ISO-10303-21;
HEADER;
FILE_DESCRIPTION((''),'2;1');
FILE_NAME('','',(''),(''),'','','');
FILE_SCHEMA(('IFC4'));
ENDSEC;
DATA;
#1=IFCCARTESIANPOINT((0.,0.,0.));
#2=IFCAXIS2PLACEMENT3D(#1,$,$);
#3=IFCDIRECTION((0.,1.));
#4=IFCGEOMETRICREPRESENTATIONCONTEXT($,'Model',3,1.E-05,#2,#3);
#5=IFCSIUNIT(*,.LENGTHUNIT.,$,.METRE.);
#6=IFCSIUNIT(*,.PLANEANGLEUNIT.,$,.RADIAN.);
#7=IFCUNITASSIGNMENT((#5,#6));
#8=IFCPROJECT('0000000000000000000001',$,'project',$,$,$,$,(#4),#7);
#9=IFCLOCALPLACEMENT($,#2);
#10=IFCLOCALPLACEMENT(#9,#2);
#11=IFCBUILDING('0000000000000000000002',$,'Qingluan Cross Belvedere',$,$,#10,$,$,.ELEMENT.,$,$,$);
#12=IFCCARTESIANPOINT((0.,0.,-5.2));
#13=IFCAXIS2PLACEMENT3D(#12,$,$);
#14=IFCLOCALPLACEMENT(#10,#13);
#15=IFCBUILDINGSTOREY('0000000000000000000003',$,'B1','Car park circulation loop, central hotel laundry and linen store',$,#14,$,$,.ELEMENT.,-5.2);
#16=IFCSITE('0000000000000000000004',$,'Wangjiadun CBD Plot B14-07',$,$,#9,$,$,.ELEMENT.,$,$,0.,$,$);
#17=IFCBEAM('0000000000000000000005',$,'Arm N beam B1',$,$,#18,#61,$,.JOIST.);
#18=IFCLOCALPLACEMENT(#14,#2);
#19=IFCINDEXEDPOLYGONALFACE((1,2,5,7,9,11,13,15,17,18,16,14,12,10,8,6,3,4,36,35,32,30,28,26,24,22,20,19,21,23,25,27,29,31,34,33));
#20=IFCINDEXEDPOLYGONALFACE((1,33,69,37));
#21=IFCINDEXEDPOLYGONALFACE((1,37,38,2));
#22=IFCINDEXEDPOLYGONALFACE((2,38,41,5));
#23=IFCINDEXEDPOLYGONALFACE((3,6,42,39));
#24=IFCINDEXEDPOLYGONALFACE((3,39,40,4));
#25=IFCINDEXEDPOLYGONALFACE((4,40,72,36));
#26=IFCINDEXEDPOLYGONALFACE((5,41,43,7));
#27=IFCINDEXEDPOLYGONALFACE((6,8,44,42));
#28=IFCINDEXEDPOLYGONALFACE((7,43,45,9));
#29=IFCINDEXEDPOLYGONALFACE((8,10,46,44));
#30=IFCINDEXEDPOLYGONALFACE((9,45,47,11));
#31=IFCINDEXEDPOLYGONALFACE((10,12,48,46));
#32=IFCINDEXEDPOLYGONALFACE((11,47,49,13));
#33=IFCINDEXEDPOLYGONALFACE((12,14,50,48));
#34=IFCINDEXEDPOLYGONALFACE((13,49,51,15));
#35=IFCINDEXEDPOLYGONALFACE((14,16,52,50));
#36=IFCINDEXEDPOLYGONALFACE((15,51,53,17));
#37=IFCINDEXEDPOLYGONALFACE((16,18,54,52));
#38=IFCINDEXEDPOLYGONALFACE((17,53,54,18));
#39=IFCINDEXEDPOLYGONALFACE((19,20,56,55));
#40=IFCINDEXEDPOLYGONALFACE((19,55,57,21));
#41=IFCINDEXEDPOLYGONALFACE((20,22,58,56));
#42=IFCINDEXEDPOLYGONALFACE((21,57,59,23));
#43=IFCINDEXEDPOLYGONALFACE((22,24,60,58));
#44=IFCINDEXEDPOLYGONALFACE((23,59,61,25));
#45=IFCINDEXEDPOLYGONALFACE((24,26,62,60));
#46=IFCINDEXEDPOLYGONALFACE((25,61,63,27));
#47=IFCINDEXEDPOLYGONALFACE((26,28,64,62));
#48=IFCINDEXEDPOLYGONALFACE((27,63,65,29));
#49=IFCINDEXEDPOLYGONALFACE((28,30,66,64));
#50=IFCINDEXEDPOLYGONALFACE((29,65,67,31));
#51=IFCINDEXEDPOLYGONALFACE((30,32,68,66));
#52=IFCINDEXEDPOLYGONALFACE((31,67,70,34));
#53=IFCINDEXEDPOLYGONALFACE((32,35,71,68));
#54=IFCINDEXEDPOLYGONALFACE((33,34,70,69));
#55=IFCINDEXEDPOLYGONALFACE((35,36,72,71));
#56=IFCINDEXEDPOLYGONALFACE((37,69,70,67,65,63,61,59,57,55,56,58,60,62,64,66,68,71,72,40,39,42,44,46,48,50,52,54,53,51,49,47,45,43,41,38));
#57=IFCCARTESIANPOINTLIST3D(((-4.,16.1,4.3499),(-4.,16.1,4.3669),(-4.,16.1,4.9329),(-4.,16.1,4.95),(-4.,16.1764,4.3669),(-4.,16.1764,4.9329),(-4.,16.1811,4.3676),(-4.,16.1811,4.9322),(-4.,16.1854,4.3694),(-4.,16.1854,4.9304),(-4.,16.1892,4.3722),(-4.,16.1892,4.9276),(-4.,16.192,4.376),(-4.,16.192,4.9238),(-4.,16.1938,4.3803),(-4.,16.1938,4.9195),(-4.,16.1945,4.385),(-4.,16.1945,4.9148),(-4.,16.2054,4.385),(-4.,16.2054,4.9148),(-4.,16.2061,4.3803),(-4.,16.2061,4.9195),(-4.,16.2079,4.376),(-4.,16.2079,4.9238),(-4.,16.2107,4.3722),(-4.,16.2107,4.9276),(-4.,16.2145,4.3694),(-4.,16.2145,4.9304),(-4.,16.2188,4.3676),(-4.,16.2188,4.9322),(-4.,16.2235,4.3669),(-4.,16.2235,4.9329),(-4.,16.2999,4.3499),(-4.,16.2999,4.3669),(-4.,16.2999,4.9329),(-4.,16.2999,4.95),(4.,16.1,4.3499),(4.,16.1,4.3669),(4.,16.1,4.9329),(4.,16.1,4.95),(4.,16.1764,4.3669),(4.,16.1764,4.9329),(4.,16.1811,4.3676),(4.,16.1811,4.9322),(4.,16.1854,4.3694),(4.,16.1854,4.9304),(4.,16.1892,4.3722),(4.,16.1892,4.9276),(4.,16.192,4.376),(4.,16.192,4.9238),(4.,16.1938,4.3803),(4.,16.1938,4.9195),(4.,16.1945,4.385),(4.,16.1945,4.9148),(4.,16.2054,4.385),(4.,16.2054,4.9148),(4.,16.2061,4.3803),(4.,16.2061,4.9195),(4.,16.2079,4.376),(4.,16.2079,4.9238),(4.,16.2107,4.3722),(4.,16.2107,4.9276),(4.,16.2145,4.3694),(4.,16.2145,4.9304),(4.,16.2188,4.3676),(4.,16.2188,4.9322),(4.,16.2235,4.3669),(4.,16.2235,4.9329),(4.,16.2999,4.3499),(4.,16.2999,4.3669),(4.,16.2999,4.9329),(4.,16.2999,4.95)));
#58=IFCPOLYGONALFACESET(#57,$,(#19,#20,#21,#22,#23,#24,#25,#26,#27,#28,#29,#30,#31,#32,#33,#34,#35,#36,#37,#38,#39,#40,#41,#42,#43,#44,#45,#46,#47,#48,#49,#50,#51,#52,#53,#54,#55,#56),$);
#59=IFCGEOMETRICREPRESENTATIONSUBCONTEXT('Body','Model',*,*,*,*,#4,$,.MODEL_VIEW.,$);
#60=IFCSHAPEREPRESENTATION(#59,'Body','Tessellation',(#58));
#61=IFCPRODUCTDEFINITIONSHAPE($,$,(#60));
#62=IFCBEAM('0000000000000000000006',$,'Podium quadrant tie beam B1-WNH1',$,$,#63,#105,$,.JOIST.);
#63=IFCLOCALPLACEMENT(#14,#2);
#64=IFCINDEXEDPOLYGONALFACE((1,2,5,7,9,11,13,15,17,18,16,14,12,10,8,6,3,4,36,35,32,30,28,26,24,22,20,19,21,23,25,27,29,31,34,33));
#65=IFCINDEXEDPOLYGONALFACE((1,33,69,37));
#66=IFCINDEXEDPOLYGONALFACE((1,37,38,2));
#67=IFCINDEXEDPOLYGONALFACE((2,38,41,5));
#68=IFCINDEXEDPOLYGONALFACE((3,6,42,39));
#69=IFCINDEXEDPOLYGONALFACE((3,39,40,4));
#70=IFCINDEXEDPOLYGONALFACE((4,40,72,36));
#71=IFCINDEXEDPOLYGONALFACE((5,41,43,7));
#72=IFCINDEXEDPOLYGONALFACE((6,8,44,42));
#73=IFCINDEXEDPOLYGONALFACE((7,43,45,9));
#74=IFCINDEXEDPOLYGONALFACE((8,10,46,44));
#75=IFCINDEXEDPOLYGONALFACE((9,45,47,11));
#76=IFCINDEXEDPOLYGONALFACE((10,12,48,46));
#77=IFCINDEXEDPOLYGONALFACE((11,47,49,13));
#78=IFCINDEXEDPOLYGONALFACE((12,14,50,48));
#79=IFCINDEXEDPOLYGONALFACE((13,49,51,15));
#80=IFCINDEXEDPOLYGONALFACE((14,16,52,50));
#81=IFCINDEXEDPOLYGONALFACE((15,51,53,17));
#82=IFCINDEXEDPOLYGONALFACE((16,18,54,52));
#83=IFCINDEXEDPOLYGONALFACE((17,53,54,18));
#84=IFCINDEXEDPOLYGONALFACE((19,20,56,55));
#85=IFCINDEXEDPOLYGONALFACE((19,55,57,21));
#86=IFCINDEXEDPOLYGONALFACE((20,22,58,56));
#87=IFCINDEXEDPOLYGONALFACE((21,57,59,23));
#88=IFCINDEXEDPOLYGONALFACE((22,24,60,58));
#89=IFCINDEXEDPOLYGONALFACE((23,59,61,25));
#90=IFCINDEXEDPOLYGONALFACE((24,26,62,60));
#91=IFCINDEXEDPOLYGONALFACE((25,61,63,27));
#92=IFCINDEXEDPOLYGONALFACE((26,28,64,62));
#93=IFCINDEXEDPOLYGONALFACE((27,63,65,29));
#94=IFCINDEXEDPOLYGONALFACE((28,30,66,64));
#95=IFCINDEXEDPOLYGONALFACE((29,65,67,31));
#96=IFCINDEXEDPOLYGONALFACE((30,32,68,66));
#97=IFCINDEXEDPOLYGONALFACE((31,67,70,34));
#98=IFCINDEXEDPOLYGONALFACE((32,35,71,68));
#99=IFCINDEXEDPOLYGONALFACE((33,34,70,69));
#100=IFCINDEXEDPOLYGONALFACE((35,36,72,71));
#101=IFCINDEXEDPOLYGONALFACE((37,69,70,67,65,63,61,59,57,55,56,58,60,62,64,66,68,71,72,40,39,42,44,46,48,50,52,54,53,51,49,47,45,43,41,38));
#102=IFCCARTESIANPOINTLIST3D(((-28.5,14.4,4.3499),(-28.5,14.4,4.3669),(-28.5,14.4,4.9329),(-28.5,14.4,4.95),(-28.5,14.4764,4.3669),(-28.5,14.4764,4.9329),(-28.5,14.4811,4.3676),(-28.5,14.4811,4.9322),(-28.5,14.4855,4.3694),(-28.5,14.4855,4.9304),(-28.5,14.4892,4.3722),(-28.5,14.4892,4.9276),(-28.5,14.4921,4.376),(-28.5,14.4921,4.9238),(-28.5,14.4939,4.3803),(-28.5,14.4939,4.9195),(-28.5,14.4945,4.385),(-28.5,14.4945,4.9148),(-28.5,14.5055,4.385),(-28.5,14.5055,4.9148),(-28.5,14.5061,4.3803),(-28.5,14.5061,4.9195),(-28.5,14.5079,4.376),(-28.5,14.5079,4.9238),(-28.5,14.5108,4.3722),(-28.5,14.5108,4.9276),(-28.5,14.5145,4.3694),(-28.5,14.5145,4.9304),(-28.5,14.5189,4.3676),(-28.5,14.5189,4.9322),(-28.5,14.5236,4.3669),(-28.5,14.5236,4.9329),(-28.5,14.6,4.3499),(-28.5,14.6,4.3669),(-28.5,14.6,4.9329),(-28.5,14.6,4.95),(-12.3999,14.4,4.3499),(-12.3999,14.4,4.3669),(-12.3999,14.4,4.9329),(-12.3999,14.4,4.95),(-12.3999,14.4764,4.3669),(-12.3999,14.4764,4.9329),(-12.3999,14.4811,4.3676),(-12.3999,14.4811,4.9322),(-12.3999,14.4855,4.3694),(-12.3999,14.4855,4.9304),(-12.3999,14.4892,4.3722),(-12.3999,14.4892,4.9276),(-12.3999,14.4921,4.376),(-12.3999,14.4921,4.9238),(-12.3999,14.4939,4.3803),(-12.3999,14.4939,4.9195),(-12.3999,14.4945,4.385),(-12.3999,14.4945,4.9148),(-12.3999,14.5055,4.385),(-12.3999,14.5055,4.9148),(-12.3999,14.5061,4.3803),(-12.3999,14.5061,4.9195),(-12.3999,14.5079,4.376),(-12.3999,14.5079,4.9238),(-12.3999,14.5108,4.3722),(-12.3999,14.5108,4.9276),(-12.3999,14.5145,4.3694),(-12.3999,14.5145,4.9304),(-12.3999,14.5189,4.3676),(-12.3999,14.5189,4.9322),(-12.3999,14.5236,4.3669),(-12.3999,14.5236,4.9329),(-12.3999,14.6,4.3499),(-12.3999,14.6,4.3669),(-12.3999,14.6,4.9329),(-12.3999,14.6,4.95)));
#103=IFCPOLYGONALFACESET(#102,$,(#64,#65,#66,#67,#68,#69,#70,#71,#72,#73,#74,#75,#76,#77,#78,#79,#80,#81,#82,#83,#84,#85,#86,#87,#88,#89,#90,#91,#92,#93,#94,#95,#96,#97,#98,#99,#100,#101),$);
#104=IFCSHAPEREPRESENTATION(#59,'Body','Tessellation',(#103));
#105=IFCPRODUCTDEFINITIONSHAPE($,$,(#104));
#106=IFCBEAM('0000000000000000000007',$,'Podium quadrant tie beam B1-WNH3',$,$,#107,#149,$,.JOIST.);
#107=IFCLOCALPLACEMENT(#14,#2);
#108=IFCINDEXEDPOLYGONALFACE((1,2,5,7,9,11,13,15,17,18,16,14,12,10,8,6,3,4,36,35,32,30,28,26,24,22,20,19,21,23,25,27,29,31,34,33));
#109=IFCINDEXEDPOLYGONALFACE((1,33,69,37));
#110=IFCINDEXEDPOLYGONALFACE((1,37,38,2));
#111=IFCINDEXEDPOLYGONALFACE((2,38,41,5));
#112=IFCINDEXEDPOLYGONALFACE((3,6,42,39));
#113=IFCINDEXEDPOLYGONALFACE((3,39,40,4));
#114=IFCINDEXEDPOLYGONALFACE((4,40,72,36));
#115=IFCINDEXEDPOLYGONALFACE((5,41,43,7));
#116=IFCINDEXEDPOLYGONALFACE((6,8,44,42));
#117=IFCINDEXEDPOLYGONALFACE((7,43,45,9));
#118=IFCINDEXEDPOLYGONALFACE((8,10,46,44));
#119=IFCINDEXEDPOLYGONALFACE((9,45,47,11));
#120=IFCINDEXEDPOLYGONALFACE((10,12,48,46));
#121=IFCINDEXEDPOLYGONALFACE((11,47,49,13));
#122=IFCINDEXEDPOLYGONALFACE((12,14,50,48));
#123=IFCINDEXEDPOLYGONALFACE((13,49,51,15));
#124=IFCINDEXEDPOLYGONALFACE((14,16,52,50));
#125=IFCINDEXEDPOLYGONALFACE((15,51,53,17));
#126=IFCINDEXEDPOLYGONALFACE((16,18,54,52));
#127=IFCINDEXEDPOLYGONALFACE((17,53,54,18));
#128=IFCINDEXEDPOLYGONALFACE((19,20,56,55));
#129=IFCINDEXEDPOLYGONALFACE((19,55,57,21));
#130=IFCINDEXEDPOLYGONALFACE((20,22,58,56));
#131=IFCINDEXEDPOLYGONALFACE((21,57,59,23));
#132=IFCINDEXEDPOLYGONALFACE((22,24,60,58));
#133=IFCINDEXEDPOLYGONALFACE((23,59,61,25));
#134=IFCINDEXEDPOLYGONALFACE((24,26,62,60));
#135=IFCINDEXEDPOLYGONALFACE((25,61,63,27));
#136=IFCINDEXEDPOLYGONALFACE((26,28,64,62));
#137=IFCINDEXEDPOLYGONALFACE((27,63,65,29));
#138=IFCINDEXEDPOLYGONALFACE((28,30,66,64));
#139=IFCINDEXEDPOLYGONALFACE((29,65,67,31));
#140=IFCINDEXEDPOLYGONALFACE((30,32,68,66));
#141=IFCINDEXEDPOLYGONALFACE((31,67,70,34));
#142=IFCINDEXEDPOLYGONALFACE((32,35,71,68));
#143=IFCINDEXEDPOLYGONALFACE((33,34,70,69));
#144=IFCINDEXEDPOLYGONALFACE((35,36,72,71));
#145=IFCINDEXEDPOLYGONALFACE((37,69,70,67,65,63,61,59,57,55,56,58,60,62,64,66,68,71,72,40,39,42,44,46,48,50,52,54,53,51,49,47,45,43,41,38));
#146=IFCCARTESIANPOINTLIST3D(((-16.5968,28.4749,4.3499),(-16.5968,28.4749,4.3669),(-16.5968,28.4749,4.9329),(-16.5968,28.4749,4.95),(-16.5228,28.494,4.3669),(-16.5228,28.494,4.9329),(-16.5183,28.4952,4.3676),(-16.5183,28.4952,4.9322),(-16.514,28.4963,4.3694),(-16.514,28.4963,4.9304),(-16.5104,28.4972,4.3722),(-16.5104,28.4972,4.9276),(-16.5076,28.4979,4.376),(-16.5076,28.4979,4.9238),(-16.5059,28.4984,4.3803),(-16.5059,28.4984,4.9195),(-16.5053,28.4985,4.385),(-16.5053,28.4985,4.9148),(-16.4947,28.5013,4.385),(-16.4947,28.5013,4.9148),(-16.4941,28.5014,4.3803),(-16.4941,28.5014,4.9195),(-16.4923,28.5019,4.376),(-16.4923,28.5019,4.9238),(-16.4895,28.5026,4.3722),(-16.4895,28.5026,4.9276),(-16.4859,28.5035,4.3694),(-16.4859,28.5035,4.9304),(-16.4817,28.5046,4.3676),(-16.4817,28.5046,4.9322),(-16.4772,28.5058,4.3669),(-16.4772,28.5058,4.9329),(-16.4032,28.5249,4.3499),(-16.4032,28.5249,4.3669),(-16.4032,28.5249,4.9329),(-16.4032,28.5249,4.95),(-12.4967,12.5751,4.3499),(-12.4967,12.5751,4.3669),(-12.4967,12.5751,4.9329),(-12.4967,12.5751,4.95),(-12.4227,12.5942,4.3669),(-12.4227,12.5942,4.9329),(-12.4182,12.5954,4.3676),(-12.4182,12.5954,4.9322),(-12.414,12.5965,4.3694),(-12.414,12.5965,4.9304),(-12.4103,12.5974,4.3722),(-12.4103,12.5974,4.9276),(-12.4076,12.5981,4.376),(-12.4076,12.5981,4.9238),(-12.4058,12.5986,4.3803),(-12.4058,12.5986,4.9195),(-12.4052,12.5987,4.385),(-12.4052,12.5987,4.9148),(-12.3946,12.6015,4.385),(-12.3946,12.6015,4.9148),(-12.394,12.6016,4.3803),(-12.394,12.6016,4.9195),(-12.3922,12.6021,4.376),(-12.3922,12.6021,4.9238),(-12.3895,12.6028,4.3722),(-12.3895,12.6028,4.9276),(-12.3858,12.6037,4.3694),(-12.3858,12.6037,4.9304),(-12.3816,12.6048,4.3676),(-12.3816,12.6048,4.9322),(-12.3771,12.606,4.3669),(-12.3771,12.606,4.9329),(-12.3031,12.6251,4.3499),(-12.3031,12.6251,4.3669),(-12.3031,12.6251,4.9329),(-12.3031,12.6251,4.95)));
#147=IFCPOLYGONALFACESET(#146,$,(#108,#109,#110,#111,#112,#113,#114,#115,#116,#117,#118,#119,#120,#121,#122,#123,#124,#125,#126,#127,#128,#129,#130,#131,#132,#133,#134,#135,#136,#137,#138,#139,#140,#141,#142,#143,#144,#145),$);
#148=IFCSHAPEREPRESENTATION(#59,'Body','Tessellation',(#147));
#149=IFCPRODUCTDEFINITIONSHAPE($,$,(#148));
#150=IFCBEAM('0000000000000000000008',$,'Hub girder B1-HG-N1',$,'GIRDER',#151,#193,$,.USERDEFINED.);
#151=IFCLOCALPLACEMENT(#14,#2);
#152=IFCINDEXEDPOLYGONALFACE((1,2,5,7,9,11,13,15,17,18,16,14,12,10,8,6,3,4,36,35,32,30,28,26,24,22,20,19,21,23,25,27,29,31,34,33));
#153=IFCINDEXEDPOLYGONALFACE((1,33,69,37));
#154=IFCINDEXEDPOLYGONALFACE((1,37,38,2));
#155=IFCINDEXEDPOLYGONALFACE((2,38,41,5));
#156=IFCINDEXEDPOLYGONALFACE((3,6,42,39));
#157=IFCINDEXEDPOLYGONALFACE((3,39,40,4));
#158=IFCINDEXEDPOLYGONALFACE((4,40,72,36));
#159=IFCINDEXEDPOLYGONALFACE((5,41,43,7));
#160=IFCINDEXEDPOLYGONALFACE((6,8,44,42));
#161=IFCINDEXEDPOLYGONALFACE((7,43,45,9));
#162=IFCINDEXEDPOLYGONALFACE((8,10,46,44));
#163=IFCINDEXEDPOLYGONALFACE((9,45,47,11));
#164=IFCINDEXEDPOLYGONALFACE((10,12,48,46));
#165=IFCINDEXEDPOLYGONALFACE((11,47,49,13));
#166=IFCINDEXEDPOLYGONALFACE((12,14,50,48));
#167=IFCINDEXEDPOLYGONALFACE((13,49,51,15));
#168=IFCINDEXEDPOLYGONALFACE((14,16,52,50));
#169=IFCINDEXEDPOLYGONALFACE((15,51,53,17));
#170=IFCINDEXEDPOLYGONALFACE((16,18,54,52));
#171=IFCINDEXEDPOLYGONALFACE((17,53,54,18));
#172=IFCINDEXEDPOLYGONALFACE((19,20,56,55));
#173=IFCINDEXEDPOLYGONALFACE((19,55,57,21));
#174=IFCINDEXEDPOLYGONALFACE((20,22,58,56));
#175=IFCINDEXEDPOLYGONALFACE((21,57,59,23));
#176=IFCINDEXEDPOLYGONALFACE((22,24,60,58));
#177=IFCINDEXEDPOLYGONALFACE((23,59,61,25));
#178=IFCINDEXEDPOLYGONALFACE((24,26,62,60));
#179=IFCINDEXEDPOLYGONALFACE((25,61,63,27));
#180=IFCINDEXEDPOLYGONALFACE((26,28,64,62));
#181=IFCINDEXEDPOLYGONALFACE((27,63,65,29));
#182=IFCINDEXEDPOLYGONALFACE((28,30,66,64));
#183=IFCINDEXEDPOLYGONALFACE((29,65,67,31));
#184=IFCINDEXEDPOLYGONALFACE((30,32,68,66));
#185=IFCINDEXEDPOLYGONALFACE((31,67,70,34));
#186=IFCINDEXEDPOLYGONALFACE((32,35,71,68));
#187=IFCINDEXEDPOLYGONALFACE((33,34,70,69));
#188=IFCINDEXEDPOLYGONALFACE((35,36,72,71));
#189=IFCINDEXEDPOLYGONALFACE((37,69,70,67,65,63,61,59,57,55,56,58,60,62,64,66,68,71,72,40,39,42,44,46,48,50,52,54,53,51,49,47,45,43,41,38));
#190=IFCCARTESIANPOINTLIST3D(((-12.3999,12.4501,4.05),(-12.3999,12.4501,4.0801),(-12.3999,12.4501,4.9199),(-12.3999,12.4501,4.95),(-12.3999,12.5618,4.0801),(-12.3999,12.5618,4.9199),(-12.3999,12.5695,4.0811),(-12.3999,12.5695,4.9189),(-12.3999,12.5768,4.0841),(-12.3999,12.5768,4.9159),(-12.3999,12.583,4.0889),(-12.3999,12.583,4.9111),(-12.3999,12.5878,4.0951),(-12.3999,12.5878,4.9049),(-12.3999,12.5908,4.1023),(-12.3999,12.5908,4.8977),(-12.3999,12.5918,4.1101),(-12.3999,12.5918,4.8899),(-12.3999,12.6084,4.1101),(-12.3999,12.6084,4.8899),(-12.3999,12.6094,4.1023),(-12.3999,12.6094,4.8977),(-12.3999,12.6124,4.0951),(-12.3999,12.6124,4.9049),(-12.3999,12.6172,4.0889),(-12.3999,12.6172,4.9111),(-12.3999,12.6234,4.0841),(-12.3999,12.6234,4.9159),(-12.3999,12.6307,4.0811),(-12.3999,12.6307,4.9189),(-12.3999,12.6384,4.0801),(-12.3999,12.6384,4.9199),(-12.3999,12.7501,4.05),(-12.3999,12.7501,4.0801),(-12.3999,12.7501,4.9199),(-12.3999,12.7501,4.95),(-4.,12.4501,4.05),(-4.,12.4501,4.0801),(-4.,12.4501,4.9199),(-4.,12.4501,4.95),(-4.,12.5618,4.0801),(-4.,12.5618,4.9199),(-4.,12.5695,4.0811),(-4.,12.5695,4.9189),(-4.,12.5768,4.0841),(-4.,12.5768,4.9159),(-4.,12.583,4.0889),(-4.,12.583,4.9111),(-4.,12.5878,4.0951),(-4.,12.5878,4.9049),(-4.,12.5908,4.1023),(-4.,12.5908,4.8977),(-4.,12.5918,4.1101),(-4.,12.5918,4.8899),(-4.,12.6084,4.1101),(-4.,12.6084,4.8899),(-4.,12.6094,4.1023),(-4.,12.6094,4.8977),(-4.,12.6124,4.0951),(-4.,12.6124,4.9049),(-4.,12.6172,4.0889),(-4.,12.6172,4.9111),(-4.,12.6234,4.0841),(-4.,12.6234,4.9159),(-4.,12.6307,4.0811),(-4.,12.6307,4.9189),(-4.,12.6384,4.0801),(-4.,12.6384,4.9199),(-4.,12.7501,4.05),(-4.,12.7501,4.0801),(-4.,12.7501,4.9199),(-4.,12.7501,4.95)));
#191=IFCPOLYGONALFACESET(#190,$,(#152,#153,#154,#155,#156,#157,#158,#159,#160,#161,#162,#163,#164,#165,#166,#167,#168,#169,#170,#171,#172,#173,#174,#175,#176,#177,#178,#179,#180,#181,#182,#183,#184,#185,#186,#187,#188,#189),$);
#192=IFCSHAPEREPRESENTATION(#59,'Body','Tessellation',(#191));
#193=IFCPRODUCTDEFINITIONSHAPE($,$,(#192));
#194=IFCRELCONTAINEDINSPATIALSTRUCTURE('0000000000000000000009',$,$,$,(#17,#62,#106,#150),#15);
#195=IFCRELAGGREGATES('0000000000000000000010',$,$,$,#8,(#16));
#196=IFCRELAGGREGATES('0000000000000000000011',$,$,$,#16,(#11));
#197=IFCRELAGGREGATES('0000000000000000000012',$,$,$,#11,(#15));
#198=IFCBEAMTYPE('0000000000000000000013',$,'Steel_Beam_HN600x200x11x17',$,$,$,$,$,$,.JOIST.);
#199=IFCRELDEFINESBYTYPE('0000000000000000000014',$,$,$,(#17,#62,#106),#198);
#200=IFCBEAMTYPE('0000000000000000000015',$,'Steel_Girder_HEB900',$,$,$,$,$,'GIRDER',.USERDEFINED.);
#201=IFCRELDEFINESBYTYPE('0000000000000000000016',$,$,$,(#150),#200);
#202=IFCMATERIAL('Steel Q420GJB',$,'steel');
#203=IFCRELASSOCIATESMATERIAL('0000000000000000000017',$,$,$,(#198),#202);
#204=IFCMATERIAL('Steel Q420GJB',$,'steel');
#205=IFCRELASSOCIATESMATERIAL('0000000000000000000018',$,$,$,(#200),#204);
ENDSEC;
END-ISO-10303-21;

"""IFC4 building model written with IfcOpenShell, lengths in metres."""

from ifc_helpers import new_model, si_unit, direction, frame, origin, origin_2d, place, context, subcontext, project, spatial, i_section, extrude, material, material_profile, profile_set, type_object, element, save


model = new_model("IFC4")

# Units and contexts
model_context = context("Model", 3, precision=1e-05, world=origin(), true_north=direction((0.0, 1.0)))
body_context = subcontext(model_context, "Body", "Model", "MODEL_VIEW")
ifc_project = project(units=[si_unit("LENGTHUNIT", "METRE"), si_unit("PLANEANGLEUNIT", "RADIAN")], contexts=[model_context])

# Site, building, storey
site_placement = place(None, origin())
site = spatial("IfcSite", under=ifc_project, at=site_placement, Name="Wangjiadun CBD Plot B14-07", CompositionType="ELEMENT", RefElevation=0.0)
building_placement = place(site_placement, origin())
building = spatial("IfcBuilding", under=site, at=building_placement, Name="Qingluan Cross Belvedere", CompositionType="ELEMENT")
storey_placement = place(building_placement, frame((0.0, 0.0, -5.2)))
storey = spatial("IfcBuildingStorey", under=building, at=storey_placement, Name="B1", Description="Car park circulation loop, central hotel laundry and linen store", CompositionType="ELEMENT", Elevation=-5.2)

# Beams
ifc_material_1 = material(Name="Steel Q420GJB", Category="steel")
ifc_material_profile_1 = material_profile(ifc_material_1, i_section(OverallWidth=0.2, OverallDepth=0.6001, WebThickness=0.011, FlangeThickness=0.0171, FilletRadius=0.0181, at=origin_2d()), Name="HN600x200x11x17")
ifc_profile_set_1 = profile_set([ifc_material_profile_1], Name="Steel Q420GJB")
beam_type_1 = type_object("IfcBeamType", Name="Steel_Beam_HN600x200x11x17", PredefinedType="JOIST", material=ifc_profile_set_1)
for number, where, z_axis, x_axis, name in (
    (1, (-4.0, 16.2, 4.6499), (1.0, 0.0, 0.0), (0.0, 1.0, 0.0), "Arm N beam B1"),
):
    element("IfcBeam", number, at=place(storey_placement, frame(where, z_axis=z_axis, x_axis=x_axis)), inside=storey, type_object=beam_type_1, Name=name, PredefinedType="JOIST", context=body_context, shape_type="SweptSolid", body=[
        extrude(i_section(OverallWidth=0.2, OverallDepth=0.6001, WebThickness=0.011, FlangeThickness=0.0171, FilletRadius=0.0181, at=origin_2d()), origin(), (0.0, 0.0, 1.0), 8.0),
    ])
beam_1_placement = place(storey_placement, frame((-12.3999, 14.5, 4.6499), z_axis=(-1.0, 0.0, 0.0), x_axis=(0.0, -1.0, 0.0)))
element("IfcBeam", 2, at=beam_1_placement, inside=storey, type_object=beam_type_1, Name="Podium quadrant tie beam B1-WNH1", PredefinedType="JOIST", context=body_context, shape_type="SweptSolid", body=[
    extrude(i_section(OverallWidth=0.2, OverallDepth=0.6001, WebThickness=0.011, FlangeThickness=0.0171, FilletRadius=0.0181, at=origin_2d()), origin(), (0.0, 0.0, 1.0), 16.1001),
])
beam_2_placement = place(storey_placement, frame((-12.3999, 12.6001, 4.6499), z_axis=(-0.249701, 0.968323, 0.0), x_axis=(-0.968323, -0.249701, 0.0)))
element("IfcBeam", 3, at=beam_2_placement, inside=storey, type_object=beam_type_1, Name="Podium quadrant tie beam B1-WNH3", PredefinedType="JOIST", context=body_context, shape_type="SweptSolid", body=[
    extrude(i_section(OverallWidth=0.2, OverallDepth=0.6001, WebThickness=0.011, FlangeThickness=0.0171, FilletRadius=0.0181, at=origin_2d()), origin(), (0.0, 0.0, 1.0), 16.4199),
])
ifc_material_2 = material(Name="Steel Q420GJB", Category="steel")
ifc_material_profile_2 = material_profile(ifc_material_2, i_section(OverallWidth=0.3, OverallDepth=0.8999, WebThickness=0.0166, FlangeThickness=0.03, FilletRadius=0.03, at=origin_2d()), Name="HEB900")
ifc_profile_set_2 = profile_set([ifc_material_profile_2], Name="Steel Q420GJB")
beam_type_2 = type_object("IfcBeamType", Name="Steel_Girder_HEB900", ElementType="GIRDER", PredefinedType="USERDEFINED", material=ifc_profile_set_2)
beam_3_placement = place(storey_placement, frame((-12.3999, 12.6001, 4.5), z_axis=(1.0, 0.0, 0.0), x_axis=(0.0, 1.0, 0.0)))
element("IfcBeam", 4, at=beam_3_placement, inside=storey, type_object=beam_type_2, Name="Hub girder B1-HG-N1", ObjectType="GIRDER", PredefinedType="USERDEFINED", context=body_context, shape_type="SweptSolid", body=[
    extrude(i_section(OverallWidth=0.3, OverallDepth=0.8999, WebThickness=0.0166, FlangeThickness=0.03, FilletRadius=0.03, at=origin_2d()), origin(), (0.0, 0.0, 1.0), 8.3999),
])

save(model, "model.ifc")
